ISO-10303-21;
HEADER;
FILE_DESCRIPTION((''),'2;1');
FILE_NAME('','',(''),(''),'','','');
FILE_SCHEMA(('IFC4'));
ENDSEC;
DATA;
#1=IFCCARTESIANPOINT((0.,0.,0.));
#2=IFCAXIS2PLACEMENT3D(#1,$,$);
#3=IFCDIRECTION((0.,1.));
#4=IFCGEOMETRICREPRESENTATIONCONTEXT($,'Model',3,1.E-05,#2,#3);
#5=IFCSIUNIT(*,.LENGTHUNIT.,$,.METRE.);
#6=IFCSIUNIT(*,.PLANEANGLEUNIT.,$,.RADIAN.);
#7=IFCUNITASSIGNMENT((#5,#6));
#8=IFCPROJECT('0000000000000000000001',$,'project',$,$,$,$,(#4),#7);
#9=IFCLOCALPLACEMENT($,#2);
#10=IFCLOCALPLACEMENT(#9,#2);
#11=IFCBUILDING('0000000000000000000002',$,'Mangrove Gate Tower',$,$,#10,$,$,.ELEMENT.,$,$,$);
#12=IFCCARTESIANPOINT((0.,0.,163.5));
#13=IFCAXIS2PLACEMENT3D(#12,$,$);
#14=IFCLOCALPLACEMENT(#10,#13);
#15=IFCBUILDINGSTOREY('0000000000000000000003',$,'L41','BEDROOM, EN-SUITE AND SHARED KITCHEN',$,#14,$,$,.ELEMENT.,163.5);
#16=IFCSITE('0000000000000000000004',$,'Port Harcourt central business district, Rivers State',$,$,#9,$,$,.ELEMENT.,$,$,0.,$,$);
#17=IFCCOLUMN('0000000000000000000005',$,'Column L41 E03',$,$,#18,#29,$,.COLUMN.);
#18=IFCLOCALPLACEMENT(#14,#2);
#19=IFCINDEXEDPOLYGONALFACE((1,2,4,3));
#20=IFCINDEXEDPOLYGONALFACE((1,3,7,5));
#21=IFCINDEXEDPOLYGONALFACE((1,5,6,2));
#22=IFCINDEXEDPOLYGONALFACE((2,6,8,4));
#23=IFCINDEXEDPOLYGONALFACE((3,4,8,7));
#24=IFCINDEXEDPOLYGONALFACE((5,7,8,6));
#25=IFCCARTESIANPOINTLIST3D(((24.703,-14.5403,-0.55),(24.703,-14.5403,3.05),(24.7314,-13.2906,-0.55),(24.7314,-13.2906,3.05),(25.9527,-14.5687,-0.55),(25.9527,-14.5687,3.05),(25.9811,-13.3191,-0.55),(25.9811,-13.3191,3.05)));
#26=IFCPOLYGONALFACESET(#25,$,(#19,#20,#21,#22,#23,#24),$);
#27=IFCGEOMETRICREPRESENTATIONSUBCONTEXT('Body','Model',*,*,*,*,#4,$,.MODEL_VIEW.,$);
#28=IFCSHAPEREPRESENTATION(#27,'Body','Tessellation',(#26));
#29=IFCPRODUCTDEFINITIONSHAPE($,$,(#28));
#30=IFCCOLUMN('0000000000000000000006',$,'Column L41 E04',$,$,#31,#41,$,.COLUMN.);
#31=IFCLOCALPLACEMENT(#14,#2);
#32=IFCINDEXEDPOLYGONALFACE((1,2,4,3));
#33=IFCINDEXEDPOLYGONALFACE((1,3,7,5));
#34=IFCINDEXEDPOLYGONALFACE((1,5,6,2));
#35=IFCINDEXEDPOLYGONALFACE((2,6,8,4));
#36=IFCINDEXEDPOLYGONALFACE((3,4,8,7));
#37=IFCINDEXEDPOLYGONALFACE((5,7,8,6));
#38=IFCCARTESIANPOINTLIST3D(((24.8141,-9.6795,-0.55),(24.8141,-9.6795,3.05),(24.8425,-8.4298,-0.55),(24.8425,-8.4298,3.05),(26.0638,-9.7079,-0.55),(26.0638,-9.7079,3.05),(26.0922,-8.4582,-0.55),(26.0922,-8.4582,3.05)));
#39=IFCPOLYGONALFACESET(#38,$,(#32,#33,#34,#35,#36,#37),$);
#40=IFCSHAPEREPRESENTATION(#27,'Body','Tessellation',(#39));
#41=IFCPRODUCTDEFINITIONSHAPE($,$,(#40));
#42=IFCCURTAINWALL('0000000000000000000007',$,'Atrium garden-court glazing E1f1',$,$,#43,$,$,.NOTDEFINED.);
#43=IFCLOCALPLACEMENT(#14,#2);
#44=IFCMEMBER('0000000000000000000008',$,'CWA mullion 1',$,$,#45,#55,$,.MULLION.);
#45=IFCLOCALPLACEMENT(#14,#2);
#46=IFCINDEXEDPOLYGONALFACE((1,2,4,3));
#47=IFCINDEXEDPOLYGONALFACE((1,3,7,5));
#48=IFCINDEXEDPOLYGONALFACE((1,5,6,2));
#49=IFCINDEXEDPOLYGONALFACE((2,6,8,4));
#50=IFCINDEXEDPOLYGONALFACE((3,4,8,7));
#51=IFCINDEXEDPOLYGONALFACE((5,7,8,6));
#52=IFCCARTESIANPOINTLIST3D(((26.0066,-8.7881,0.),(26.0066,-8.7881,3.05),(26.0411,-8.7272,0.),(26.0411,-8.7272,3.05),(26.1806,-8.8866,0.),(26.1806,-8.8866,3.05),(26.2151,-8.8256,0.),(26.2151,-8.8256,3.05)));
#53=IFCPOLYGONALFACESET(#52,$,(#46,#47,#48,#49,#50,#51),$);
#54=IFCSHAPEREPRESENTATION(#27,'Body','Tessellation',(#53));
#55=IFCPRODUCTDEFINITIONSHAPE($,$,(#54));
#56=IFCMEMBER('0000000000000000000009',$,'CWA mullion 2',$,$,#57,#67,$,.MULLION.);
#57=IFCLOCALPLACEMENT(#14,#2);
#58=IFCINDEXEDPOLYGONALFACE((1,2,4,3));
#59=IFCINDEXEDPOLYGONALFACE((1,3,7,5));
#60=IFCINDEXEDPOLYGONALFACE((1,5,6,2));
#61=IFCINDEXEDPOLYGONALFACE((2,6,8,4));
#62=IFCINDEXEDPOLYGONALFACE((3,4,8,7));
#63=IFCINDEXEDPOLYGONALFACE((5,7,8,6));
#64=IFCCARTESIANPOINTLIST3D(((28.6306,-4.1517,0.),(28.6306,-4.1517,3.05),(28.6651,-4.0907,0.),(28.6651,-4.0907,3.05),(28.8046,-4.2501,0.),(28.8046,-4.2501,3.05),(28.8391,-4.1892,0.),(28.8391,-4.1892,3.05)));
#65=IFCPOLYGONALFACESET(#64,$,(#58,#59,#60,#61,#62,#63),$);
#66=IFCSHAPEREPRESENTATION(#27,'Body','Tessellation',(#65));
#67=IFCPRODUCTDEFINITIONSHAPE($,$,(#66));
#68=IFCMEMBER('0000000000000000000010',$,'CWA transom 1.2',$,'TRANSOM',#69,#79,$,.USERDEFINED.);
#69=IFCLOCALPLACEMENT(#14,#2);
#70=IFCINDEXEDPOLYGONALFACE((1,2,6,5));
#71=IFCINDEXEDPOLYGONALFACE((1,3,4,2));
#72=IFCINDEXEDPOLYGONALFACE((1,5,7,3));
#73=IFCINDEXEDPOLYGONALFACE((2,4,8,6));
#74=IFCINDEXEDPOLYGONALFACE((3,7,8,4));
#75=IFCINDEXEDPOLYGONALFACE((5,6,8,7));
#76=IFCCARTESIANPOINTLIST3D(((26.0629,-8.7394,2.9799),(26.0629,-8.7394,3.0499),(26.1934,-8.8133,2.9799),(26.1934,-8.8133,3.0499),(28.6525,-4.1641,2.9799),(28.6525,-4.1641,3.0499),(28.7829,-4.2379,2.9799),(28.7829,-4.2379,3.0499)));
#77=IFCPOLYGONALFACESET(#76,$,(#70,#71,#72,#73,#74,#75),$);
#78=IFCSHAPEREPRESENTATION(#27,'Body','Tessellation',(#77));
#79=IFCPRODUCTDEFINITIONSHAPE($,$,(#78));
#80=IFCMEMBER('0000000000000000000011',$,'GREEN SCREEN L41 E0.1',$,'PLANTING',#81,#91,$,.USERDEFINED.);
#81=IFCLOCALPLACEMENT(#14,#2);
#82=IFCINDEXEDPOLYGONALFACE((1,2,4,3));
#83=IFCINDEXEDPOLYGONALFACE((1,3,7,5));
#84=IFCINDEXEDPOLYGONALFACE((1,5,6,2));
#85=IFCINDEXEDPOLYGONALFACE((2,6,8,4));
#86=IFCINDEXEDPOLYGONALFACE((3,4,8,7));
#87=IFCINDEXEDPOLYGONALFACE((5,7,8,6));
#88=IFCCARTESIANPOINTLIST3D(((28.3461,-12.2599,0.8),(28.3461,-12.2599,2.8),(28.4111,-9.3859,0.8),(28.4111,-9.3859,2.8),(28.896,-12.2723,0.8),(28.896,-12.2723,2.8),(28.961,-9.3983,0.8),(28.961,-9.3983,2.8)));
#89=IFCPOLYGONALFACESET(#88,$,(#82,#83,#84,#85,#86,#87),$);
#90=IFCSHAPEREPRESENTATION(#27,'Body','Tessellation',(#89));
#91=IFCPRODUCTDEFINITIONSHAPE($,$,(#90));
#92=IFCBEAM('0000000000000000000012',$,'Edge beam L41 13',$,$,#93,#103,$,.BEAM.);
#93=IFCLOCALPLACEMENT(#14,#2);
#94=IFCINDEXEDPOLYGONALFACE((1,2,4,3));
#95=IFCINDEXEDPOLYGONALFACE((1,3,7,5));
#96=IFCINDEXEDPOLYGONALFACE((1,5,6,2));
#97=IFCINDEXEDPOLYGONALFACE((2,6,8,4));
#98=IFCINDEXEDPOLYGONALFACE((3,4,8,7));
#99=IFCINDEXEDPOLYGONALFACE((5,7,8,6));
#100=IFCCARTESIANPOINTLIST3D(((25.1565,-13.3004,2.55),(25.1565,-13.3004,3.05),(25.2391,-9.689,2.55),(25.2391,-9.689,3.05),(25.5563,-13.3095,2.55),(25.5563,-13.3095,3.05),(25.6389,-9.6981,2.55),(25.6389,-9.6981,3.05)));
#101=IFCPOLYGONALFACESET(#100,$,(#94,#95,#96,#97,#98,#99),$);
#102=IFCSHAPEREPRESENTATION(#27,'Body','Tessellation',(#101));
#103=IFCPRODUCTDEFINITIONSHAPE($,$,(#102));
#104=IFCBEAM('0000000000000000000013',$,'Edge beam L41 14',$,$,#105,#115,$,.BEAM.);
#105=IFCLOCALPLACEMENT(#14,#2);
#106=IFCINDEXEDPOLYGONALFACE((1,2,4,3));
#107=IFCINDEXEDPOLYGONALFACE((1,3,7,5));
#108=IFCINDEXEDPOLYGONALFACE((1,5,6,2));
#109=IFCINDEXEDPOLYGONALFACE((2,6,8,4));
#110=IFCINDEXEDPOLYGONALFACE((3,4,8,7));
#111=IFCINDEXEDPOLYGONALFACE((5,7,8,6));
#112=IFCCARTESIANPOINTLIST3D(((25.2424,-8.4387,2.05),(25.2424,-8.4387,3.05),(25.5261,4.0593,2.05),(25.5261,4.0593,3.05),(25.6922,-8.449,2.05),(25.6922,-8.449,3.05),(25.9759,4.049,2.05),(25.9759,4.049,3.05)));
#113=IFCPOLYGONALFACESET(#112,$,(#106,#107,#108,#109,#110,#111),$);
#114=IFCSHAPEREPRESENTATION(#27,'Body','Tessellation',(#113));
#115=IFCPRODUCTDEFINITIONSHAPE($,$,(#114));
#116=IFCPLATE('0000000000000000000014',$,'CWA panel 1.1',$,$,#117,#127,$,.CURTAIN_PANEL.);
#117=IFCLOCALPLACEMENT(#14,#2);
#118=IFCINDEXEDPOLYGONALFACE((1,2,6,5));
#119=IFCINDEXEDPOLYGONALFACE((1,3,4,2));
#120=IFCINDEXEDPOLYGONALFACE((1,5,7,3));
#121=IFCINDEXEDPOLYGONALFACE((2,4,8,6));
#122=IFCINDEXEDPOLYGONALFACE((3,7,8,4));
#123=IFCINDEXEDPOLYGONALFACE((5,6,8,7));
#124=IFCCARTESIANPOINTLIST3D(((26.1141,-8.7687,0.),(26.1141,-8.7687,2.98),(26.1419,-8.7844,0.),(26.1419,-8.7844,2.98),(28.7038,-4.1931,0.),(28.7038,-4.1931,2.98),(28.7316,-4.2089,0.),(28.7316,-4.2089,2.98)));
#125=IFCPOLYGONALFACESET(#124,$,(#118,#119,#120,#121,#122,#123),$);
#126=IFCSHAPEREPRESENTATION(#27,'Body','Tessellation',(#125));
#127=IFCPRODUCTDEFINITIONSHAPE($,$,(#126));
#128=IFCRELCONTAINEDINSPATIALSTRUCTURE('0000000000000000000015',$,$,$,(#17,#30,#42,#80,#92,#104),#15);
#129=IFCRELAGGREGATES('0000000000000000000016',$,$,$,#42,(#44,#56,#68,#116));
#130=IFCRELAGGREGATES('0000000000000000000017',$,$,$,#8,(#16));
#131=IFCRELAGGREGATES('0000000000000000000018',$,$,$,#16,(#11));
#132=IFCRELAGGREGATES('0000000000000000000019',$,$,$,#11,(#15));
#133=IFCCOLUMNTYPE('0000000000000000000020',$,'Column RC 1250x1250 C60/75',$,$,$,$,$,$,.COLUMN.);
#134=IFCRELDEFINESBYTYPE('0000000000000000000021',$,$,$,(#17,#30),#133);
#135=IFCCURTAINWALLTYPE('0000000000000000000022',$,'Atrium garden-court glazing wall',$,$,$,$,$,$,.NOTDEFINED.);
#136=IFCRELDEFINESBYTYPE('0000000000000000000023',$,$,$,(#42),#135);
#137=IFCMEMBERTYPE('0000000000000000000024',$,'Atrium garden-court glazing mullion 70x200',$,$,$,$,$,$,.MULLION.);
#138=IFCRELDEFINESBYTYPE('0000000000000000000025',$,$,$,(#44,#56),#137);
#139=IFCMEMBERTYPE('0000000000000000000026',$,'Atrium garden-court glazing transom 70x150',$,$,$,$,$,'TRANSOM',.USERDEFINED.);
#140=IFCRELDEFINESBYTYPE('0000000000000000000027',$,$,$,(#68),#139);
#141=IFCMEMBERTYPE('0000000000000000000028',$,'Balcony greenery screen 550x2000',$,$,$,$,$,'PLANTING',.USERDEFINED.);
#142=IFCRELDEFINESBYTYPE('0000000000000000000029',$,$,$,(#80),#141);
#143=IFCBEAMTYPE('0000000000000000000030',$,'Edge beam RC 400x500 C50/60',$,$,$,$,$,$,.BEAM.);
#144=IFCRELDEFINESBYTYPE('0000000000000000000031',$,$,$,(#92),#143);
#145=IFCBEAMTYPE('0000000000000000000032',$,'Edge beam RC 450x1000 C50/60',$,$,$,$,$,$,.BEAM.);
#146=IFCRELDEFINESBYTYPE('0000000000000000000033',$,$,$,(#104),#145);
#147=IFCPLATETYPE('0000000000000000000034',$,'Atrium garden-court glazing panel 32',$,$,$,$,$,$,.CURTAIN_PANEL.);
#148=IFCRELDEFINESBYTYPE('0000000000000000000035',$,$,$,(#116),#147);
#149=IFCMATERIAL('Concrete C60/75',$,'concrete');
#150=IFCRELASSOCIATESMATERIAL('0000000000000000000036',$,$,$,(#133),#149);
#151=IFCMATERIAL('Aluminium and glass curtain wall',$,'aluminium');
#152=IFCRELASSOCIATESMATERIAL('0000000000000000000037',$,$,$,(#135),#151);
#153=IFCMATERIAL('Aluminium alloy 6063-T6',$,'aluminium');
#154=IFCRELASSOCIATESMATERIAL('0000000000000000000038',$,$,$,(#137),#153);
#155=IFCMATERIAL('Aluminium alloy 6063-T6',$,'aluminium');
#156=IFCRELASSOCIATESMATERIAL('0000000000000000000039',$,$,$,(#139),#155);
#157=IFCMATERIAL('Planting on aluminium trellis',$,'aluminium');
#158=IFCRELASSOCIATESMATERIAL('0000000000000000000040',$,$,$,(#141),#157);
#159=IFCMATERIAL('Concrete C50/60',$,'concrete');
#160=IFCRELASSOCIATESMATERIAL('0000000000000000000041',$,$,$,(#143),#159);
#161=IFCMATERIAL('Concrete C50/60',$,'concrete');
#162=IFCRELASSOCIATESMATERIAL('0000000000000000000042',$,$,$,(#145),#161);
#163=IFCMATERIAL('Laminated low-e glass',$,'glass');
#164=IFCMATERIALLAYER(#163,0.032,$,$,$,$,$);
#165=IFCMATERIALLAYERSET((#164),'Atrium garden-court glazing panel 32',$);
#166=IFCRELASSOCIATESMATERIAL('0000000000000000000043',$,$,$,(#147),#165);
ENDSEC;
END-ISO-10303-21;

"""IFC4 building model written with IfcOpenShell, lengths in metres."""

from ifc_helpers import new_model, si_unit, direction, frame, origin, origin_2d, place, context, subcontext, project, spatial, rectangle, extrude, material, layer, layer_set, material_profile, profile_set, type_object, element, aggregate, save


model = new_model("IFC4")

# Units and contexts
model_context = context("Model", 3, precision=1e-05, world=origin(), true_north=direction((0.0, 1.0)))
body_context = subcontext(model_context, "Body", "Model", "MODEL_VIEW")
ifc_project = project(units=[si_unit("LENGTHUNIT", "METRE"), si_unit("PLANEANGLEUNIT", "RADIAN")], contexts=[model_context])

# Site, building, storey
site_placement = place(None, origin())
site = spatial("IfcSite", under=ifc_project, at=site_placement, Name="Port Harcourt central business district, Rivers State", CompositionType="ELEMENT", RefElevation=0.0)
building_placement = place(site_placement, origin())
building = spatial("IfcBuilding", under=site, at=building_placement, Name="Mangrove Gate Tower", CompositionType="ELEMENT")
storey_placement = place(building_placement, frame((0.0, 0.0, 163.5)))
storey = spatial("IfcBuildingStorey", under=building, at=storey_placement, Name="L41", Description="BEDROOM, EN-SUITE AND SHARED KITCHEN", CompositionType="ELEMENT", Elevation=163.5)

# Columns
ifc_material_1 = material(Name="Concrete C60/75", Category="concrete")
ifc_material_profile_1 = material_profile(ifc_material_1, rectangle(XDim=1.25, YDim=1.25, at=origin_2d()))
ifc_profile_set_1 = profile_set([ifc_material_profile_1], Name="Concrete C60/75")
column_type = type_object("IfcColumnType", Name="Column RC 1250x1250 C60/75", PredefinedType="COLUMN", material=ifc_profile_set_1)
for number, where, z_axis, x_axis, name in (
    (1, (25.342, -13.9297, -0.55), (0.0, 0.0, 1.0), (0.022726, 0.999742, 0.0), "Column L41 E03"),
    (2, (25.4531, -9.0688, -0.55), (0.0, 0.0, 1.0), (0.022725, 0.999742, 0.0), "Column L41 E04"),
):
    element("IfcColumn", number, at=place(storey_placement, frame(where, z_axis=z_axis, x_axis=x_axis)), inside=storey, type_object=column_type, Name=name, PredefinedType="COLUMN", context=body_context, shape_type="SweptSolid", body=[
        extrude(rectangle(XDim=1.25, YDim=1.25, at=origin_2d()), origin(), (0.0, 0.0, 1.0), 3.6001),
    ])

# Curtain wall, members
ifc_material_2 = material(Name="Aluminium and glass curtain wall", Category="aluminium")
curtain_wall_type = type_object("IfcCurtainWallType", Name="Atrium garden-court glazing wall", PredefinedType="NOTDEFINED", material=ifc_material_2)
curtain_wall_placement = place(storey_placement, origin())
curtain_wall = element("IfcCurtainWall", 3, at=curtain_wall_placement, inside=storey, type_object=curtain_wall_type, Name="Atrium garden-court glazing E1f1", PredefinedType="NOTDEFINED")
ifc_material_3 = material(Name="Aluminium alloy 6063-T6", Category="aluminium")
ifc_material_profile_2 = material_profile(ifc_material_3, rectangle(XDim=0.0701, YDim=0.2, at=origin_2d()))
ifc_profile_set_2 = profile_set([ifc_material_profile_2], Name="Aluminium alloy 6063-T6")
member_type_1 = type_object("IfcMemberType", Name="Atrium garden-court glazing mullion 70x200", PredefinedType="MULLION", material=ifc_profile_set_2)
member_1_placement = place(storey_placement, frame((26.1108, -8.8069, 0.0), z_axis=(0.0, 0.0, 1.0), x_axis=(0.492564, 0.870276, 0.0)))
member_1 = element("IfcMember", 4, at=member_1_placement, type_object=member_type_1, Name="CWA mullion 1", PredefinedType="MULLION", context=body_context, shape_type="SweptSolid", body=[
    extrude(rectangle(XDim=0.0701, YDim=0.2, at=origin_2d()), origin(), (0.0, 0.0, 1.0), 3.05),
])
member_2_placement = place(storey_placement, frame((28.7349, -4.1704, 0.0), z_axis=(0.0, 0.0, 1.0), x_axis=(0.492564, 0.870276, 0.0)))
member_2 = element("IfcMember", 5, at=member_2_placement, type_object=member_type_1, Name="CWA mullion 2", PredefinedType="MULLION", context=body_context, shape_type="SweptSolid", body=[
    extrude(rectangle(XDim=0.0701, YDim=0.2, at=origin_2d()), origin(), (0.0, 0.0, 1.0), 3.05),
])
ifc_material_4 = material(Name="Aluminium alloy 6063-T6", Category="aluminium")
ifc_material_profile_3 = material_profile(ifc_material_4, rectangle(XDim=0.0701, YDim=0.1499, at=origin_2d()))
ifc_profile_set_3 = profile_set([ifc_material_profile_3], Name="Aluminium alloy 6063-T6")
member_type_2 = type_object("IfcMemberType", Name="Atrium garden-court glazing transom 70x150", ElementType="TRANSOM", PredefinedType="USERDEFINED", material=ifc_profile_set_3)
member_3_placement = place(storey_placement, frame((26.1282, -8.7764, 3.0149), z_axis=(0.492559, 0.870279, 0.0), x_axis=(0.0, 0.0, 1.0)))
member_3 = element("IfcMember", 6, at=member_3_placement, type_object=member_type_2, Name="CWA transom 1.2", ObjectType="TRANSOM", PredefinedType="USERDEFINED", context=body_context, shape_type="SweptSolid", body=[
    extrude(rectangle(XDim=0.0701, YDim=0.1499, at=origin_2d()), origin(), (0.0, 0.0, 1.0), 5.2573),
])

# Member
ifc_material_5 = material(Name="Planting on aluminium trellis", Category="aluminium")
ifc_material_profile_4 = material_profile(ifc_material_5, rectangle(XDim=0.55, YDim=2.0, at=origin_2d()))
ifc_profile_set_4 = profile_set([ifc_material_profile_4], Name="Planting on aluminium trellis")
member_type_3 = type_object("IfcMemberType", Name="Balcony greenery screen 550x2000", ElementType="PLANTING", PredefinedType="USERDEFINED", material=ifc_profile_set_4)
member_4_placement = place(storey_placement, frame((28.6211, -12.2661, 1.8), z_axis=(0.02259, 0.999745, 0.0), x_axis=(-0.999745, 0.02259, 0.0)))
element("IfcMember", 7, at=member_4_placement, inside=storey, type_object=member_type_3, Name="GREEN SCREEN L41 E0.1", ObjectType="PLANTING", PredefinedType="USERDEFINED", context=body_context, shape_type="SweptSolid", body=[
    extrude(rectangle(XDim=0.55, YDim=2.0, at=origin_2d()), origin(), (0.0, 0.0, 1.0), 2.8748),
])

# Beams
ifc_material_6 = material(Name="Concrete C50/60", Category="concrete")
ifc_material_profile_5 = material_profile(ifc_material_6, rectangle(XDim=0.3999, YDim=0.5, at=origin_2d()))
ifc_profile_set_5 = profile_set([ifc_material_profile_5], Name="Concrete C50/60")
beam_type_1 = type_object("IfcBeamType", Name="Edge beam RC 400x500 C50/60", PredefinedType="BEAM", material=ifc_profile_set_5)
beam_1_placement = place(storey_placement, frame((25.3564, -13.3049, 2.8), z_axis=(0.022844, 0.999739, 0.0), x_axis=(-0.999739, 0.022844, 0.0)))
element("IfcBeam", 8, at=beam_1_placement, inside=storey, type_object=beam_type_1, Name="Edge beam L41 13", PredefinedType="BEAM", context=body_context, shape_type="SweptSolid", body=[
    extrude(rectangle(XDim=0.3999, YDim=0.5, at=origin_2d()), origin(), (0.0, 0.0, 1.0), 3.6123),
])
ifc_material_7 = material(Name="Concrete C50/60", Category="concrete")
ifc_material_profile_6 = material_profile(ifc_material_7, rectangle(XDim=0.45, YDim=1.0, at=origin_2d()))
ifc_profile_set_6 = profile_set([ifc_material_profile_6], Name="Concrete C50/60")
beam_type_2 = type_object("IfcBeamType", Name="Edge beam RC 450x1000 C50/60", PredefinedType="BEAM", material=ifc_profile_set_6)
beam_2_placement = place(storey_placement, frame((25.4673, -8.4438, 2.55), z_axis=(0.022693, 0.999742, 0.0), x_axis=(-0.999742, 0.022693, 0.0)))
element("IfcBeam", 9, at=beam_2_placement, inside=storey, type_object=beam_type_2, Name="Edge beam L41 14", PredefinedType="BEAM", context=body_context, shape_type="SweptSolid", body=[
    extrude(rectangle(XDim=0.45, YDim=1.0, at=origin_2d()), origin(), (0.0, 0.0, 1.0), 12.5012),
])

# Plate
ifc_material_8 = material(Name="Laminated low-e glass", Category="glass")
ifc_layer_1 = layer(ifc_material_8, 0.032)
ifc_layer_set_1 = layer_set([ifc_layer_1], Name="Atrium garden-court glazing panel 32")
plate_type = type_object("IfcPlateType", Name="Atrium garden-court glazing panel 32", PredefinedType="CURTAIN_PANEL", material=ifc_layer_set_1)
plate_placement = place(storey_placement, frame((27.4229, -6.4888, 0.0), z_axis=(0.0, 0.0, 1.0), x_axis=(0.492564, 0.870276, 0.0)))
plate = element("IfcPlate", 10, at=plate_placement, type_object=plate_type, Name="CWA panel 1.1", PredefinedType="CURTAIN_PANEL", context=body_context, shape_type="SweptSolid", body=[
    extrude(rectangle(XDim=5.2576, YDim=0.032, at=origin_2d()), origin(), (0.0, 0.0, 1.0), 2.98),
])
aggregate(curtain_wall, [member_1, member_2, member_3, plate])

save(model, "model.ifc")
